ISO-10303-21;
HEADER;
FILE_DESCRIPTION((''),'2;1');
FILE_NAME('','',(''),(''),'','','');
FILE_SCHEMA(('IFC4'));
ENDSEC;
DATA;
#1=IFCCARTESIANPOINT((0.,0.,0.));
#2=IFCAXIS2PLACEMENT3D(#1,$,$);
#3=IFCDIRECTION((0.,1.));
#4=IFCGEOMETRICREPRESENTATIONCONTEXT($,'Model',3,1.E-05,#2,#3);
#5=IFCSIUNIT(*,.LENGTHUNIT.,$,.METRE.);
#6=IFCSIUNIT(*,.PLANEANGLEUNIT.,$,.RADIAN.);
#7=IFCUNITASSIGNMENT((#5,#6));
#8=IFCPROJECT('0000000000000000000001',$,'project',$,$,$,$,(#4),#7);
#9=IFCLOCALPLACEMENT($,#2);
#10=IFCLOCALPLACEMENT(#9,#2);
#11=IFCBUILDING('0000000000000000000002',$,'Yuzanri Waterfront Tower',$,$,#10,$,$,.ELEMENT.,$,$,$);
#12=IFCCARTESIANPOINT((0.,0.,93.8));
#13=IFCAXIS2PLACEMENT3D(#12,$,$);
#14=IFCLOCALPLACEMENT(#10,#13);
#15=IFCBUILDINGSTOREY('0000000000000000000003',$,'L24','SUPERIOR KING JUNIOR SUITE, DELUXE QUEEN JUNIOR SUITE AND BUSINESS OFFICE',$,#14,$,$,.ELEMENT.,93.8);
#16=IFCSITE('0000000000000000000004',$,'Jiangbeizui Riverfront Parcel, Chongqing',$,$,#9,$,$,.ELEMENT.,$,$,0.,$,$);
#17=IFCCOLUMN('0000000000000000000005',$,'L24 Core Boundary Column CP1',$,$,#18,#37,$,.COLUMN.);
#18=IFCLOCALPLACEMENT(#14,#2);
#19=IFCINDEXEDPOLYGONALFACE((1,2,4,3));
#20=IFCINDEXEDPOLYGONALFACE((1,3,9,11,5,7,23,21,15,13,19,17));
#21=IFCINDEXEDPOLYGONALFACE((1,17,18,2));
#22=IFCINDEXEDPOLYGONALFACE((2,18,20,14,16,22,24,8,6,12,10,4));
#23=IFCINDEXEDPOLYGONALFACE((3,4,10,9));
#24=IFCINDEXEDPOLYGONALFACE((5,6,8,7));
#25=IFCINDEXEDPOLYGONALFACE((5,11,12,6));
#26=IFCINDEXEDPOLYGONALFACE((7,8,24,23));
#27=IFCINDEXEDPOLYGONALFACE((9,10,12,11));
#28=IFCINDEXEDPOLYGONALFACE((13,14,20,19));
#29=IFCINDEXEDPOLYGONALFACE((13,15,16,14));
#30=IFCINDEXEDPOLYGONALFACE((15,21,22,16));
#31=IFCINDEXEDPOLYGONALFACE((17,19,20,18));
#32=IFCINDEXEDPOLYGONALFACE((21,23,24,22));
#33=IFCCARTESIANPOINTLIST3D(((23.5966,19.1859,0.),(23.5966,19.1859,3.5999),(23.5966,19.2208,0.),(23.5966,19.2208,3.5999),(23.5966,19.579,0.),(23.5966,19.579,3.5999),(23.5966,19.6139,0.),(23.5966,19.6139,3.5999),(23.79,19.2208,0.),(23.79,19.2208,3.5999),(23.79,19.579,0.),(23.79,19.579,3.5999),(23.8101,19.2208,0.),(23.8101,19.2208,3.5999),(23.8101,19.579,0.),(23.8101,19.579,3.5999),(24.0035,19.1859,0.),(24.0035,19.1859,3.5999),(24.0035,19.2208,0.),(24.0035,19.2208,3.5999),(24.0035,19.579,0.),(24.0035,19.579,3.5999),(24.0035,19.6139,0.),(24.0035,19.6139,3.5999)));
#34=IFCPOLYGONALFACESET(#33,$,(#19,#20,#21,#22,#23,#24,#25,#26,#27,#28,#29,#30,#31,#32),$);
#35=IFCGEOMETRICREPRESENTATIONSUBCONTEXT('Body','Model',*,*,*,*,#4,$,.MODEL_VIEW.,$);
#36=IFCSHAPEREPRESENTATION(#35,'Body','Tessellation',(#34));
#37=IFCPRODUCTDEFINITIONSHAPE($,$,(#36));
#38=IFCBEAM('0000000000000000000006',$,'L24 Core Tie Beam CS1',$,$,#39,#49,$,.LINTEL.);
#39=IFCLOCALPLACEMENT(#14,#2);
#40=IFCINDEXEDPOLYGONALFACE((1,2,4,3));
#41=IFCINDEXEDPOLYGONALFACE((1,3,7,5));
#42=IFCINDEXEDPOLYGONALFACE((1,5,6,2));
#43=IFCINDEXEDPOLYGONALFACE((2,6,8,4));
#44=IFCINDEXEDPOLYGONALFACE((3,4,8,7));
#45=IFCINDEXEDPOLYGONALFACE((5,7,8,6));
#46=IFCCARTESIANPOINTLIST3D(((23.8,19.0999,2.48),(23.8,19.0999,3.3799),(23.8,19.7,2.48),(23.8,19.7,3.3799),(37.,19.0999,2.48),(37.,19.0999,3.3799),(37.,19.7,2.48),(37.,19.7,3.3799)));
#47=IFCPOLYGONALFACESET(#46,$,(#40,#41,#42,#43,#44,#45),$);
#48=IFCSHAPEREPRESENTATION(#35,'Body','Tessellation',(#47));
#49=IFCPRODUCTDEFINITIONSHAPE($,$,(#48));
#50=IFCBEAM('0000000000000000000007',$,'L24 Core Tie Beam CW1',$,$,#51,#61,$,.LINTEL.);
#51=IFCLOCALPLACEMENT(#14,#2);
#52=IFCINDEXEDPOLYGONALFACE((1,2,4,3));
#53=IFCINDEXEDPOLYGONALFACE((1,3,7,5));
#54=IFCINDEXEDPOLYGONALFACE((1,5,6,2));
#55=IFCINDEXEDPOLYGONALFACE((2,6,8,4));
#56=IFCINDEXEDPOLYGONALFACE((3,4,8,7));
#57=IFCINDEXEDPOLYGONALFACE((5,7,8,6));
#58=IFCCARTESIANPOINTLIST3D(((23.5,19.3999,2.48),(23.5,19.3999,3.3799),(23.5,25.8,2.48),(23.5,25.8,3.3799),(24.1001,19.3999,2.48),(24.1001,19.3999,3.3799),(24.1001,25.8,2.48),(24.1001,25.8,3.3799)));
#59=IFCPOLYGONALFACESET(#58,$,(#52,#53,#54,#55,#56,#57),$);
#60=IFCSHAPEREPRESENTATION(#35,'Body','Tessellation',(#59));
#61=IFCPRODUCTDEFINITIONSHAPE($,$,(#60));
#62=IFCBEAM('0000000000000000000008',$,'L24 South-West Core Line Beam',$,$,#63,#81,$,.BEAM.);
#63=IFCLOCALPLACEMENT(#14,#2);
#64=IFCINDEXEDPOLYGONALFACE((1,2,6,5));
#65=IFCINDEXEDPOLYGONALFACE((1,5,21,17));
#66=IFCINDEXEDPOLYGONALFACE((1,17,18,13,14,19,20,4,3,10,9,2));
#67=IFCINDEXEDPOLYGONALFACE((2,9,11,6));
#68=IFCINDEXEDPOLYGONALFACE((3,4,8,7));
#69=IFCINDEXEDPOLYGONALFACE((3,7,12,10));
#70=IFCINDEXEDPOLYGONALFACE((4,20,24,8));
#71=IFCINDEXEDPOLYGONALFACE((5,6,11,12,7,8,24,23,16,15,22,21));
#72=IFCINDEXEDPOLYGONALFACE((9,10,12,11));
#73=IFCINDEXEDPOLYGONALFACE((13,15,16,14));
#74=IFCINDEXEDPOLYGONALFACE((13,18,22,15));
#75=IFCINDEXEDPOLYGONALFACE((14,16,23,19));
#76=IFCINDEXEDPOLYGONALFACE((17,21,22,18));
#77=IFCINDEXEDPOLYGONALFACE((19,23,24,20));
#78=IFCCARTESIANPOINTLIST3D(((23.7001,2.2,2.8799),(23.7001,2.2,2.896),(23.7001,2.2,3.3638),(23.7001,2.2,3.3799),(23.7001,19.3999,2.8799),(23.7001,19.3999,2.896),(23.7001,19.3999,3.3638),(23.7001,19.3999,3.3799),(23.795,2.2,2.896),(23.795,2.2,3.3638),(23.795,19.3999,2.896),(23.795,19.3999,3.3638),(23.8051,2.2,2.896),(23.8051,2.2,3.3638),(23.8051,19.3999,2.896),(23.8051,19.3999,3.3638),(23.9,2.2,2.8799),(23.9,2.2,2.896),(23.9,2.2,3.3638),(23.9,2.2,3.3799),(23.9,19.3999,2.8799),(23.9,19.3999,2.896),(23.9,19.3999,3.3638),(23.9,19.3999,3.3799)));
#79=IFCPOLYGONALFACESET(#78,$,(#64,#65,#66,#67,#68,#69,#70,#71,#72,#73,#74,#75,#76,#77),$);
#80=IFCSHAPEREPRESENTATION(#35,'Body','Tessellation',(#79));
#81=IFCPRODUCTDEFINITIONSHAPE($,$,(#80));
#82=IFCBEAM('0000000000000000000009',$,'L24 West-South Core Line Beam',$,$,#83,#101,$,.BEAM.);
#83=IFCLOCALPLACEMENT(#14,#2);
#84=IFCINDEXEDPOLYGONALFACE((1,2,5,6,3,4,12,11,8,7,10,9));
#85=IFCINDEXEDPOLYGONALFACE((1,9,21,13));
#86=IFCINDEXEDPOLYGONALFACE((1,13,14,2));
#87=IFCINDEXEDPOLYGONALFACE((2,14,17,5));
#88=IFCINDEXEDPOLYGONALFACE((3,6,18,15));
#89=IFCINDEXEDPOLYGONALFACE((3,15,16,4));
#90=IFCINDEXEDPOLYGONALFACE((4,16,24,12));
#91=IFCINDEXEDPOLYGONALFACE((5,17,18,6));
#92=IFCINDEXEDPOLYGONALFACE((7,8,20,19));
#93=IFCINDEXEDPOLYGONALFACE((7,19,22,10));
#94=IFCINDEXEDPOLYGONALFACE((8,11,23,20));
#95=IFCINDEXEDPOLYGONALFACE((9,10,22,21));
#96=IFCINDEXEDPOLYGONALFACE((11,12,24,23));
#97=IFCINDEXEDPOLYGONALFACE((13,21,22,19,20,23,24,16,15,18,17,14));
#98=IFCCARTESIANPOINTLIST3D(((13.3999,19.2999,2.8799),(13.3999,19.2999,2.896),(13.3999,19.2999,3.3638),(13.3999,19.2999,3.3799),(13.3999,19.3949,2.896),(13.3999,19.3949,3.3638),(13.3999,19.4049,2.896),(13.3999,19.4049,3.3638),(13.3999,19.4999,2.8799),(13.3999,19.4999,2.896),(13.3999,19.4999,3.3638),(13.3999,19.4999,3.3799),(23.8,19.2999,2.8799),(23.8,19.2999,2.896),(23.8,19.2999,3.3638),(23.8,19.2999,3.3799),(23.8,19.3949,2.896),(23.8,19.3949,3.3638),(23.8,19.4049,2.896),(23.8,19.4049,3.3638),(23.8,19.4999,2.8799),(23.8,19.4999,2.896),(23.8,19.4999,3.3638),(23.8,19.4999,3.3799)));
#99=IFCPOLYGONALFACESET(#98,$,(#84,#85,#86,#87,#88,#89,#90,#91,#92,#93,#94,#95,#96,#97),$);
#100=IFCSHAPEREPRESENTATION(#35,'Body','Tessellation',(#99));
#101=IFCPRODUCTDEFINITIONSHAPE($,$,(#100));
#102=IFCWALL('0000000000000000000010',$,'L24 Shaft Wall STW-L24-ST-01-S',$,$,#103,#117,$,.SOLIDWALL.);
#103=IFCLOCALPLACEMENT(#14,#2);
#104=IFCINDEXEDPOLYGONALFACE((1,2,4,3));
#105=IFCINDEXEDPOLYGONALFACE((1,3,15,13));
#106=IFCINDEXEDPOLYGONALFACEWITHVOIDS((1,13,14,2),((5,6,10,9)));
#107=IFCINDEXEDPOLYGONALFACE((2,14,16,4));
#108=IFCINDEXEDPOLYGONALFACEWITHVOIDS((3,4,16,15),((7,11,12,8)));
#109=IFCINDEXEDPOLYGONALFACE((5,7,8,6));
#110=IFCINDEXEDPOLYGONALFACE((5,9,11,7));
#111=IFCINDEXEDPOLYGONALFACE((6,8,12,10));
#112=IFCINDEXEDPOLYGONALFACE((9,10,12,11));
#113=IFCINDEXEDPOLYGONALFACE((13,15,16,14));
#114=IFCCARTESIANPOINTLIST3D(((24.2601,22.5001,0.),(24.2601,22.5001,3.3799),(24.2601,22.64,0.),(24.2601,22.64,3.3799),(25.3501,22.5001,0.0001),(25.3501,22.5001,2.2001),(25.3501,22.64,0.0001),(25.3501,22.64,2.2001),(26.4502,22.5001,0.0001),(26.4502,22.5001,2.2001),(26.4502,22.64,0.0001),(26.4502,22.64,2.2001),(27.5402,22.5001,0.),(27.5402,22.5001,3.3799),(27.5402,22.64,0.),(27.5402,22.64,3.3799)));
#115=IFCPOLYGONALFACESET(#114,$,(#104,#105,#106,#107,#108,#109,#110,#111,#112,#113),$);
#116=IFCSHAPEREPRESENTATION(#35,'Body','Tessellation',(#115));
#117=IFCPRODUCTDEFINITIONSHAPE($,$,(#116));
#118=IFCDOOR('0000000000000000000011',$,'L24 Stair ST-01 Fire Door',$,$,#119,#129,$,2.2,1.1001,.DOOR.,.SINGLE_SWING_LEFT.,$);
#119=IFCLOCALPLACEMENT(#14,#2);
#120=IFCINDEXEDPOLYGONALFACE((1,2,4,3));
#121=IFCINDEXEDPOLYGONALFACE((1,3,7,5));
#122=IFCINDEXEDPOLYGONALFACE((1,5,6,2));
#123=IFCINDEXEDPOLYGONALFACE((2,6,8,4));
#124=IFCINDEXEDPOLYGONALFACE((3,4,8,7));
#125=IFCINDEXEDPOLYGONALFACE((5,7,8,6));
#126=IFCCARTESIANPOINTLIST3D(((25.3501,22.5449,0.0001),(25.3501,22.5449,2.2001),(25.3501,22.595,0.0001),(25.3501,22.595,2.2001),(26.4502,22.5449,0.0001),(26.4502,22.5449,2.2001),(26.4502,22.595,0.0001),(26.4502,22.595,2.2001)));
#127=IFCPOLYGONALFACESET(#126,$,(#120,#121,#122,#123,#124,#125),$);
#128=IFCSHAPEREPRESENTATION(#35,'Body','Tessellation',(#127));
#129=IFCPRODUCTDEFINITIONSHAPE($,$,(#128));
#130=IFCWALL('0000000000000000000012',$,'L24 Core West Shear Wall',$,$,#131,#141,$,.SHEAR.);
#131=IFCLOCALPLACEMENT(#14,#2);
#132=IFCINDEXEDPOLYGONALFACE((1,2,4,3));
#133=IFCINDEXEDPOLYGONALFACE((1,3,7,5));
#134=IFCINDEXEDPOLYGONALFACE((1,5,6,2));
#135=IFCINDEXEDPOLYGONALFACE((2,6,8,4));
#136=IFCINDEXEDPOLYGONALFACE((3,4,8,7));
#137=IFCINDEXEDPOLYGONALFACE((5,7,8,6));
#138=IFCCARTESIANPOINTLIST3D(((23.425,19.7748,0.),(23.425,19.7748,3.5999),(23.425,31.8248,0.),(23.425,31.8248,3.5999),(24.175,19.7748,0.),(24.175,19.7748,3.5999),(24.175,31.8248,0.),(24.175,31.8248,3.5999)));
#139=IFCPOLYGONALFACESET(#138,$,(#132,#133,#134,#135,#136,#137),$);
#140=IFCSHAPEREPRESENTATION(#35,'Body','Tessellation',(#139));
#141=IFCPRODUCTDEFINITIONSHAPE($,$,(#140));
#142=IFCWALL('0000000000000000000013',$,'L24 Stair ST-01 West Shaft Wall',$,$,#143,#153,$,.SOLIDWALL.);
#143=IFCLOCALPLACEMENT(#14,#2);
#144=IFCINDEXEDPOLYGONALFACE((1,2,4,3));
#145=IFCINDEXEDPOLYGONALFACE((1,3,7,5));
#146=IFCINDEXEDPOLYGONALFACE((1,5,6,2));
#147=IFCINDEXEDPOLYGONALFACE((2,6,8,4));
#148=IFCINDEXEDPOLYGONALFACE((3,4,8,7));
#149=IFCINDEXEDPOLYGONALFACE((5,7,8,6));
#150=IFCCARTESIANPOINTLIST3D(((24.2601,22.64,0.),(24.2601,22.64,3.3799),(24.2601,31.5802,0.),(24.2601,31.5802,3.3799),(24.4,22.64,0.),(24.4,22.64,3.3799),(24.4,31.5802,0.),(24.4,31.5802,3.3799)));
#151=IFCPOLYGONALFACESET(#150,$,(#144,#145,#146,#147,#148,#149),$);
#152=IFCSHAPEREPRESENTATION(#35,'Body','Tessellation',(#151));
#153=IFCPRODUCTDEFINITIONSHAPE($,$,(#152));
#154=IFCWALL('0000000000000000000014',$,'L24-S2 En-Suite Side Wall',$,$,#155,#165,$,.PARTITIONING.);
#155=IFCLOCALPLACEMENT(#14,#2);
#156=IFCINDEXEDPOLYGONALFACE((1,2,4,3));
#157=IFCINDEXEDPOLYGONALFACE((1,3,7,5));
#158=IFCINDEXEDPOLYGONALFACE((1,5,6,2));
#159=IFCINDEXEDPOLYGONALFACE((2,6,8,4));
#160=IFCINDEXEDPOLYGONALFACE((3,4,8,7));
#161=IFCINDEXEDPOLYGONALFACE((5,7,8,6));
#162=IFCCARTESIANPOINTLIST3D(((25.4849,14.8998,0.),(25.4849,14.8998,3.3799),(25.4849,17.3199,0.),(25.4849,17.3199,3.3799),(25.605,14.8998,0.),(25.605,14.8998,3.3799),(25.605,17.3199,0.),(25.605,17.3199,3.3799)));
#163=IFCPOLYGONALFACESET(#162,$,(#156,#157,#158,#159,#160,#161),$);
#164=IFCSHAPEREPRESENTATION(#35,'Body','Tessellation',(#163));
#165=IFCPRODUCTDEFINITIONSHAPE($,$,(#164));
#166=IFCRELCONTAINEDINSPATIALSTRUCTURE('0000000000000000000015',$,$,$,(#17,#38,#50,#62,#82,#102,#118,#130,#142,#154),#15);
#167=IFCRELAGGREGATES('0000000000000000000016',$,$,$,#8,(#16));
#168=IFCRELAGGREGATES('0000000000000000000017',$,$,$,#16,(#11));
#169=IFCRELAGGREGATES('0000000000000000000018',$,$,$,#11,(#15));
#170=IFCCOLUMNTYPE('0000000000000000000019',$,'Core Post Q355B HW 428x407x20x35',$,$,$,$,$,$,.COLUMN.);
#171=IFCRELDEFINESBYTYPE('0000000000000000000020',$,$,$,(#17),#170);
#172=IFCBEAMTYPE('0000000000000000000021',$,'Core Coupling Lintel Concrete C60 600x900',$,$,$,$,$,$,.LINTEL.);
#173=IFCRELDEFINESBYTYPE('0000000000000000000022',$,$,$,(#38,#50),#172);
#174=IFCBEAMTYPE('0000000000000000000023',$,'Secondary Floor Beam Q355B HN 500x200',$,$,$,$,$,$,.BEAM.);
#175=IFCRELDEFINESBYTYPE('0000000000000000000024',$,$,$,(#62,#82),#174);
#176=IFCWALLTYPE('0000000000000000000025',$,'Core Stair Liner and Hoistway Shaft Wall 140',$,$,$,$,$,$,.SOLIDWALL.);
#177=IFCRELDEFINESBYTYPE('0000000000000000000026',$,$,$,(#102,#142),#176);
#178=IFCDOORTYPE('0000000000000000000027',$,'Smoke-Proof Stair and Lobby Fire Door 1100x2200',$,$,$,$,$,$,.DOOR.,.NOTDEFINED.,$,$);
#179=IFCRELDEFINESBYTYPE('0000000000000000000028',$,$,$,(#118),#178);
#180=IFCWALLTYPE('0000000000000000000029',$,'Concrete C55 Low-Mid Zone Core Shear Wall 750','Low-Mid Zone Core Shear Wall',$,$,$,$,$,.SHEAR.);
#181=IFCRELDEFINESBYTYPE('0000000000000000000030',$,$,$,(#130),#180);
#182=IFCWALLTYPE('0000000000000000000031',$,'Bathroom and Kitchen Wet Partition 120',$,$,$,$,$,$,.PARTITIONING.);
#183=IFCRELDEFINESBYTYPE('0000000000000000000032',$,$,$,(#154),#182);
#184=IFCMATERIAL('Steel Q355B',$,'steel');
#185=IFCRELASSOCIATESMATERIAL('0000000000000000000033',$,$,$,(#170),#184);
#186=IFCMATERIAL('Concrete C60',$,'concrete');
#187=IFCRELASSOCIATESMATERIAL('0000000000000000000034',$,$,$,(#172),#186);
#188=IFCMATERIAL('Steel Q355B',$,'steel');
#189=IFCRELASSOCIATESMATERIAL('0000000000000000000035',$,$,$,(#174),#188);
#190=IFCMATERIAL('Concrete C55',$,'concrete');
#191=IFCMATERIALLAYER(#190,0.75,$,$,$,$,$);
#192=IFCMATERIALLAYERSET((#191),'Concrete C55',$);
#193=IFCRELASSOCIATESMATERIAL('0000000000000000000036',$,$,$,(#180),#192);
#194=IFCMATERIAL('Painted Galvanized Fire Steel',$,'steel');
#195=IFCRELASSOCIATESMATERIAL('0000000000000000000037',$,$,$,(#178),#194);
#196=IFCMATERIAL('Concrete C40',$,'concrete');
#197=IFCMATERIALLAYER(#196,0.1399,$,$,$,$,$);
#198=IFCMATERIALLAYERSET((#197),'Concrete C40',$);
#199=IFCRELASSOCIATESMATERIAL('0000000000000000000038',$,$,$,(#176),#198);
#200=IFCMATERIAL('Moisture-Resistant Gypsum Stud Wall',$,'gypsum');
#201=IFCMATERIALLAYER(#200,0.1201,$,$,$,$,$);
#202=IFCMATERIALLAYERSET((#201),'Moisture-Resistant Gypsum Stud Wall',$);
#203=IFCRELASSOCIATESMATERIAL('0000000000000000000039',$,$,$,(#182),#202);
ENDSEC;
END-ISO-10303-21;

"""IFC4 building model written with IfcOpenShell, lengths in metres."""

from ifc_helpers import new_model, si_unit, direction, frame, frame_2d, origin, origin_2d, place, context, subcontext, project, spatial, rectangle, i_section, extrude, source, transform, mapped, material, layer, layer_set, material_profile, profile_set, type_object, element, fill, save


model = new_model("IFC4")

# Units and contexts
model_context = context("Model", 3, precision=1e-05, world=origin(), true_north=direction((0.0, 1.0)))
body_context = subcontext(model_context, "Body", "Model", "MODEL_VIEW")
ifc_project = project(units=[si_unit("LENGTHUNIT", "METRE"), si_unit("PLANEANGLEUNIT", "RADIAN")], contexts=[model_context])

# Site, building, storey
site_placement = place(None, origin())
site = spatial("IfcSite", under=ifc_project, at=site_placement, Name="Jiangbeizui Riverfront Parcel, Chongqing", CompositionType="ELEMENT", RefElevation=0.0)
building_placement = place(site_placement, origin())
building = spatial("IfcBuilding", under=site, at=building_placement, Name="Yuzanri Waterfront Tower", CompositionType="ELEMENT")
storey_placement = place(building_placement, frame((0.0, 0.0, 93.8)))
storey = spatial("IfcBuildingStorey", under=building, at=storey_placement, Name="L24", Description="SUPERIOR KING JUNIOR SUITE, DELUXE QUEEN JUNIOR SUITE AND BUSINESS OFFICE", CompositionType="ELEMENT", Elevation=93.8)

# Column
ifc_material_1 = material(Name="Steel Q355B", Category="steel")
ifc_material_profile_1 = material_profile(ifc_material_1, i_section(OverallWidth=0.407, OverallDepth=0.428, WebThickness=0.02, FlangeThickness=0.0349, at=origin_2d()), Name="HW 428x407x20x35")
ifc_profile_set_1 = profile_set([ifc_material_profile_1], Name="Steel Q355B")
column_type = type_object("IfcColumnType", Name="Core Post Q355B HW 428x407x20x35", PredefinedType="COLUMN", material=ifc_profile_set_1)
shared_shape_1 = source(origin(), body_context, "Body", "SweptSolid", [
    extrude(i_section(OverallWidth=0.407, OverallDepth=0.428, WebThickness=0.02, FlangeThickness=0.0349, at=origin_2d()), origin(), (0.0, 0.0, 1.0), 3.5999),
])
column_placement = place(storey_placement, frame((23.8, 19.3999, 0.0), z_axis=(0.0, 0.0, 1.0), x_axis=(1.0, 0.0, 0.0)))
element("IfcColumn", 1, at=column_placement, inside=storey, type_object=column_type, Name="L24 Core Boundary Column CP1", PredefinedType="COLUMN", context=body_context, shape_type="MappedRepresentation", body=[
    mapped(shared_shape_1, transform((0.0, 0.0, 0.0), scale=1.0)),
])

# Beams
ifc_material_2 = material(Name="Concrete C60", Category="concrete")
ifc_material_profile_2 = material_profile(ifc_material_2, rectangle(XDim=0.6001, YDim=0.8999, at=origin_2d()), Name="RC 600x900")
ifc_profile_set_2 = profile_set([ifc_material_profile_2], Name="Concrete C60")
beam_type_1 = type_object("IfcBeamType", Name="Core Coupling Lintel Concrete C60 600x900", PredefinedType="LINTEL", material=ifc_profile_set_2)
shared_shape_2 = source(origin(), body_context, "Body", "SweptSolid", [
    extrude(rectangle(XDim=0.6001, YDim=0.8999, at=origin_2d()), origin(), (0.0, 0.0, 1.0), 13.2),
])
beam_1_placement = place(storey_placement, frame((23.8, 19.3999, 2.9299), z_axis=(1.0, 0.0, 0.0), x_axis=(0.0, 1.0, 0.0)))
element("IfcBeam", 2, at=beam_1_placement, inside=storey, type_object=beam_type_1, Name="L24 Core Tie Beam CS1", PredefinedType="LINTEL", context=body_context, shape_type="MappedRepresentation", body=[
    mapped(shared_shape_2, transform((0.0, 0.0, 0.0), scale=1.0)),
])
shared_shape_3 = source(origin(), body_context, "Body", "SweptSolid", [
    extrude(rectangle(XDim=0.6001, YDim=0.8999, at=origin_2d()), origin(), (0.0, 0.0, 1.0), 6.4001),
])
beam_2_placement = place(storey_placement, frame((23.8, 19.3999, 2.9299), z_axis=(0.0, 1.0, 0.0), x_axis=(-1.0, 0.0, 0.0)))
element("IfcBeam", 3, at=beam_2_placement, inside=storey, type_object=beam_type_1, Name="L24 Core Tie Beam CW1", PredefinedType="LINTEL", context=body_context, shape_type="MappedRepresentation", body=[
    mapped(shared_shape_3, transform((0.0, 0.0, 0.0), scale=1.0)),
])
ifc_material_3 = material(Name="Steel Q355B", Category="steel")
ifc_material_profile_3 = material_profile(ifc_material_3, i_section(OverallWidth=0.2, OverallDepth=0.5, WebThickness=0.01, FlangeThickness=0.0161, at=origin_2d()), Name="HN 500x200x10x16")
ifc_profile_set_3 = profile_set([ifc_material_profile_3], Name="Steel Q355B")
beam_type_2 = type_object("IfcBeamType", Name="Secondary Floor Beam Q355B HN 500x200", PredefinedType="BEAM", material=ifc_profile_set_3)
shared_shape_4 = source(origin(), body_context, "Body", "SweptSolid", [
    extrude(i_section(OverallWidth=0.2, OverallDepth=0.5, WebThickness=0.01, FlangeThickness=0.0161, at=origin_2d()), origin(), (0.0, 0.0, 1.0), 17.2),
])
beam_3_placement = place(storey_placement, frame((23.8, 19.3999, 3.1299), z_axis=(0.0, -1.0, 0.0), x_axis=(1.0, 0.0, 0.0)))
element("IfcBeam", 4, at=beam_3_placement, inside=storey, type_object=beam_type_2, Name="L24 South-West Core Line Beam", PredefinedType="BEAM", context=body_context, shape_type="MappedRepresentation", body=[
    mapped(shared_shape_4, transform((0.0, 0.0, 0.0), scale=1.0)),
])
shared_shape_5 = source(origin(), body_context, "Body", "SweptSolid", [
    extrude(i_section(OverallWidth=0.2, OverallDepth=0.5, WebThickness=0.01, FlangeThickness=0.0161, at=origin_2d()), origin(), (0.0, 0.0, 1.0), 10.4001),
])
beam_4_placement = place(storey_placement, frame((23.8, 19.3999, 3.1299), z_axis=(-1.0, 0.0, 0.0), x_axis=(0.0, -1.0, 0.0)))
element("IfcBeam", 5, at=beam_4_placement, inside=storey, type_object=beam_type_2, Name="L24 West-South Core Line Beam", PredefinedType="BEAM", context=body_context, shape_type="MappedRepresentation", body=[
    mapped(shared_shape_5, transform((0.0, 0.0, 0.0), scale=1.0)),
])

# Shared definitions
ifc_material_4 = material(Name="Concrete C55", Category="concrete")
ifc_layer_1 = layer(ifc_material_4, 0.75)
ifc_layer_set_1 = layer_set([ifc_layer_1], Name="Concrete C55")
wall_type_1 = type_object("IfcWallType", Name="Concrete C55 Low-Mid Zone Core Shear Wall 750", Description="Low-Mid Zone Core Shear Wall", PredefinedType="SHEAR", material=ifc_layer_set_1)
ifc_material_5 = material(Name="Painted Galvanized Fire Steel", Category="steel")
door_type_1 = type_object("IfcDoorType", Name="Smoke-Proof Stair and Lobby Fire Door 1100x2200", OperationType="NOTDEFINED", PredefinedType="DOOR", material=ifc_material_5)
shared_shape_6 = source(origin(), body_context, "Body", "SweptSolid", [
    extrude(rectangle(XDim=1.1001, YDim=2.2, at=frame_2d((0.55, 1.1001))), frame((0.0, 0.0249, 0.0), z_axis=(0.0, -1.0, 0.0), x_axis=(1.0, 0.0, 0.0)), (0.0, 0.0, 1.0), 0.05),
])

# Wall, opening, door
ifc_material_6 = material(Name="Concrete C40", Category="concrete")
ifc_layer_2 = layer(ifc_material_6, 0.1399)
ifc_layer_set_2 = layer_set([ifc_layer_2], Name="Concrete C40")
wall_type_2 = type_object("IfcWallType", Name="Core Stair Liner and Hoistway Shaft Wall 140", PredefinedType="SOLIDWALL", material=ifc_layer_set_2)
wall_1_placement = place(storey_placement, frame((24.26, 22.5701, 0.0), z_axis=(0.0, 0.0, 1.0), x_axis=(1.0, 0.0, 0.0)))
wall_1 = element("IfcWall", 6, at=wall_1_placement, inside=storey, type_object=wall_type_2, Name="L24 Shaft Wall STW-L24-ST-01-S", PredefinedType="SOLIDWALL", context=body_context, shape_type="SweptSolid", body=[
    extrude(rectangle(XDim=3.28, YDim=0.1399, at=frame_2d((1.6401, 0.0))), origin(), (0.0, 0.0, 1.0), 3.3799),
])
opening_1_placement = place(wall_1_placement, frame((1.0901, 0.0, 0.0)))
opening_1 = element("IfcOpeningElement", 7, at=opening_1_placement, cuts=wall_1, PredefinedType="OPENING", context=body_context, shape_type="SweptSolid", body=[
    extrude(rectangle(XDim=1.1001, YDim=2.2, at=frame_2d((0.55, 1.1001))), frame((0.0, 0.085, 0.0), z_axis=(0.0, -1.0, 0.0), x_axis=(1.0, 0.0, 0.0)), (0.0, 0.0, 1.0), 0.1697),
])
door_1_placement = place(opening_1_placement, origin())
door_1 = element("IfcDoor", 8, at=door_1_placement, inside=storey, type_object=door_type_1, Name="L24 Stair ST-01 Fire Door", OperationType="SINGLE_SWING_LEFT", OverallHeight=2.2, OverallWidth=1.1001, PredefinedType="DOOR", context=body_context, shape_type="MappedRepresentation", body=[
    mapped(shared_shape_6, transform((0.0, 0.0, 0.0), scale=1.0)),
])
fill(opening_1, door_1)

# Walls
shared_shape_7 = source(origin(), body_context, "Body", "SweptSolid", [
    extrude(rectangle(XDim=12.05, YDim=0.75, at=frame_2d((6.0249, 0.0))), origin(), (0.0, 0.0, 1.0), 3.5999),
])
wall_2_placement = place(storey_placement, frame((23.8, 19.7749, 0.0), z_axis=(0.0, 0.0, 1.0), x_axis=(0.0, 1.0, 0.0)))
element("IfcWall", 9, at=wall_2_placement, inside=storey, type_object=wall_type_1, Name="L24 Core West Shear Wall", PredefinedType="SHEAR", context=body_context, shape_type="MappedRepresentation", body=[
    mapped(shared_shape_7, transform((0.0, 0.0, 0.0), scale=1.0)),
])
shared_shape_8 = source(origin(), body_context, "Body", "SweptSolid", [
    extrude(rectangle(XDim=8.9402, YDim=0.1399, at=frame_2d((4.4702, 0.0))), origin(), (0.0, 0.0, 1.0), 3.3799),
])
wall_3_placement = place(storey_placement, frame((24.3301, 22.6399, 0.0), z_axis=(0.0, 0.0, 1.0), x_axis=(0.0, 1.0, 0.0)))
element("IfcWall", 10, at=wall_3_placement, inside=storey, type_object=wall_type_2, Name="L24 Stair ST-01 West Shaft Wall", PredefinedType="SOLIDWALL", context=body_context, shape_type="MappedRepresentation", body=[
    mapped(shared_shape_8, transform((0.0, 0.0, 0.0), scale=1.0)),
])
ifc_material_7 = material(Name="Moisture-Resistant Gypsum Stud Wall", Category="gypsum")
ifc_layer_3 = layer(ifc_material_7, 0.1201)
ifc_layer_set_3 = layer_set([ifc_layer_3], Name="Moisture-Resistant Gypsum Stud Wall")
wall_type_3 = type_object("IfcWallType", Name="Bathroom and Kitchen Wet Partition 120", PredefinedType="PARTITIONING", material=ifc_layer_set_3)
shared_shape_9 = source(origin(), body_context, "Body", "SweptSolid", [
    extrude(rectangle(XDim=2.4202, YDim=0.1201, at=frame_2d((1.21, 0.0))), origin(), (0.0, 0.0, 1.0), 3.3799),
])
wall_4_placement = place(storey_placement, frame((25.5449, 14.8999, 0.0), z_axis=(0.0, 0.0, 1.0), x_axis=(0.0, 1.0, 0.0)))
element("IfcWall", 11, at=wall_4_placement, inside=storey, type_object=wall_type_3, Name="L24-S2 En-Suite Side Wall", PredefinedType="PARTITIONING", context=body_context, shape_type="MappedRepresentation", body=[
    mapped(shared_shape_9, transform((0.0, 0.0, 0.0), scale=1.0)),
])

save(model, "model.ifc")
